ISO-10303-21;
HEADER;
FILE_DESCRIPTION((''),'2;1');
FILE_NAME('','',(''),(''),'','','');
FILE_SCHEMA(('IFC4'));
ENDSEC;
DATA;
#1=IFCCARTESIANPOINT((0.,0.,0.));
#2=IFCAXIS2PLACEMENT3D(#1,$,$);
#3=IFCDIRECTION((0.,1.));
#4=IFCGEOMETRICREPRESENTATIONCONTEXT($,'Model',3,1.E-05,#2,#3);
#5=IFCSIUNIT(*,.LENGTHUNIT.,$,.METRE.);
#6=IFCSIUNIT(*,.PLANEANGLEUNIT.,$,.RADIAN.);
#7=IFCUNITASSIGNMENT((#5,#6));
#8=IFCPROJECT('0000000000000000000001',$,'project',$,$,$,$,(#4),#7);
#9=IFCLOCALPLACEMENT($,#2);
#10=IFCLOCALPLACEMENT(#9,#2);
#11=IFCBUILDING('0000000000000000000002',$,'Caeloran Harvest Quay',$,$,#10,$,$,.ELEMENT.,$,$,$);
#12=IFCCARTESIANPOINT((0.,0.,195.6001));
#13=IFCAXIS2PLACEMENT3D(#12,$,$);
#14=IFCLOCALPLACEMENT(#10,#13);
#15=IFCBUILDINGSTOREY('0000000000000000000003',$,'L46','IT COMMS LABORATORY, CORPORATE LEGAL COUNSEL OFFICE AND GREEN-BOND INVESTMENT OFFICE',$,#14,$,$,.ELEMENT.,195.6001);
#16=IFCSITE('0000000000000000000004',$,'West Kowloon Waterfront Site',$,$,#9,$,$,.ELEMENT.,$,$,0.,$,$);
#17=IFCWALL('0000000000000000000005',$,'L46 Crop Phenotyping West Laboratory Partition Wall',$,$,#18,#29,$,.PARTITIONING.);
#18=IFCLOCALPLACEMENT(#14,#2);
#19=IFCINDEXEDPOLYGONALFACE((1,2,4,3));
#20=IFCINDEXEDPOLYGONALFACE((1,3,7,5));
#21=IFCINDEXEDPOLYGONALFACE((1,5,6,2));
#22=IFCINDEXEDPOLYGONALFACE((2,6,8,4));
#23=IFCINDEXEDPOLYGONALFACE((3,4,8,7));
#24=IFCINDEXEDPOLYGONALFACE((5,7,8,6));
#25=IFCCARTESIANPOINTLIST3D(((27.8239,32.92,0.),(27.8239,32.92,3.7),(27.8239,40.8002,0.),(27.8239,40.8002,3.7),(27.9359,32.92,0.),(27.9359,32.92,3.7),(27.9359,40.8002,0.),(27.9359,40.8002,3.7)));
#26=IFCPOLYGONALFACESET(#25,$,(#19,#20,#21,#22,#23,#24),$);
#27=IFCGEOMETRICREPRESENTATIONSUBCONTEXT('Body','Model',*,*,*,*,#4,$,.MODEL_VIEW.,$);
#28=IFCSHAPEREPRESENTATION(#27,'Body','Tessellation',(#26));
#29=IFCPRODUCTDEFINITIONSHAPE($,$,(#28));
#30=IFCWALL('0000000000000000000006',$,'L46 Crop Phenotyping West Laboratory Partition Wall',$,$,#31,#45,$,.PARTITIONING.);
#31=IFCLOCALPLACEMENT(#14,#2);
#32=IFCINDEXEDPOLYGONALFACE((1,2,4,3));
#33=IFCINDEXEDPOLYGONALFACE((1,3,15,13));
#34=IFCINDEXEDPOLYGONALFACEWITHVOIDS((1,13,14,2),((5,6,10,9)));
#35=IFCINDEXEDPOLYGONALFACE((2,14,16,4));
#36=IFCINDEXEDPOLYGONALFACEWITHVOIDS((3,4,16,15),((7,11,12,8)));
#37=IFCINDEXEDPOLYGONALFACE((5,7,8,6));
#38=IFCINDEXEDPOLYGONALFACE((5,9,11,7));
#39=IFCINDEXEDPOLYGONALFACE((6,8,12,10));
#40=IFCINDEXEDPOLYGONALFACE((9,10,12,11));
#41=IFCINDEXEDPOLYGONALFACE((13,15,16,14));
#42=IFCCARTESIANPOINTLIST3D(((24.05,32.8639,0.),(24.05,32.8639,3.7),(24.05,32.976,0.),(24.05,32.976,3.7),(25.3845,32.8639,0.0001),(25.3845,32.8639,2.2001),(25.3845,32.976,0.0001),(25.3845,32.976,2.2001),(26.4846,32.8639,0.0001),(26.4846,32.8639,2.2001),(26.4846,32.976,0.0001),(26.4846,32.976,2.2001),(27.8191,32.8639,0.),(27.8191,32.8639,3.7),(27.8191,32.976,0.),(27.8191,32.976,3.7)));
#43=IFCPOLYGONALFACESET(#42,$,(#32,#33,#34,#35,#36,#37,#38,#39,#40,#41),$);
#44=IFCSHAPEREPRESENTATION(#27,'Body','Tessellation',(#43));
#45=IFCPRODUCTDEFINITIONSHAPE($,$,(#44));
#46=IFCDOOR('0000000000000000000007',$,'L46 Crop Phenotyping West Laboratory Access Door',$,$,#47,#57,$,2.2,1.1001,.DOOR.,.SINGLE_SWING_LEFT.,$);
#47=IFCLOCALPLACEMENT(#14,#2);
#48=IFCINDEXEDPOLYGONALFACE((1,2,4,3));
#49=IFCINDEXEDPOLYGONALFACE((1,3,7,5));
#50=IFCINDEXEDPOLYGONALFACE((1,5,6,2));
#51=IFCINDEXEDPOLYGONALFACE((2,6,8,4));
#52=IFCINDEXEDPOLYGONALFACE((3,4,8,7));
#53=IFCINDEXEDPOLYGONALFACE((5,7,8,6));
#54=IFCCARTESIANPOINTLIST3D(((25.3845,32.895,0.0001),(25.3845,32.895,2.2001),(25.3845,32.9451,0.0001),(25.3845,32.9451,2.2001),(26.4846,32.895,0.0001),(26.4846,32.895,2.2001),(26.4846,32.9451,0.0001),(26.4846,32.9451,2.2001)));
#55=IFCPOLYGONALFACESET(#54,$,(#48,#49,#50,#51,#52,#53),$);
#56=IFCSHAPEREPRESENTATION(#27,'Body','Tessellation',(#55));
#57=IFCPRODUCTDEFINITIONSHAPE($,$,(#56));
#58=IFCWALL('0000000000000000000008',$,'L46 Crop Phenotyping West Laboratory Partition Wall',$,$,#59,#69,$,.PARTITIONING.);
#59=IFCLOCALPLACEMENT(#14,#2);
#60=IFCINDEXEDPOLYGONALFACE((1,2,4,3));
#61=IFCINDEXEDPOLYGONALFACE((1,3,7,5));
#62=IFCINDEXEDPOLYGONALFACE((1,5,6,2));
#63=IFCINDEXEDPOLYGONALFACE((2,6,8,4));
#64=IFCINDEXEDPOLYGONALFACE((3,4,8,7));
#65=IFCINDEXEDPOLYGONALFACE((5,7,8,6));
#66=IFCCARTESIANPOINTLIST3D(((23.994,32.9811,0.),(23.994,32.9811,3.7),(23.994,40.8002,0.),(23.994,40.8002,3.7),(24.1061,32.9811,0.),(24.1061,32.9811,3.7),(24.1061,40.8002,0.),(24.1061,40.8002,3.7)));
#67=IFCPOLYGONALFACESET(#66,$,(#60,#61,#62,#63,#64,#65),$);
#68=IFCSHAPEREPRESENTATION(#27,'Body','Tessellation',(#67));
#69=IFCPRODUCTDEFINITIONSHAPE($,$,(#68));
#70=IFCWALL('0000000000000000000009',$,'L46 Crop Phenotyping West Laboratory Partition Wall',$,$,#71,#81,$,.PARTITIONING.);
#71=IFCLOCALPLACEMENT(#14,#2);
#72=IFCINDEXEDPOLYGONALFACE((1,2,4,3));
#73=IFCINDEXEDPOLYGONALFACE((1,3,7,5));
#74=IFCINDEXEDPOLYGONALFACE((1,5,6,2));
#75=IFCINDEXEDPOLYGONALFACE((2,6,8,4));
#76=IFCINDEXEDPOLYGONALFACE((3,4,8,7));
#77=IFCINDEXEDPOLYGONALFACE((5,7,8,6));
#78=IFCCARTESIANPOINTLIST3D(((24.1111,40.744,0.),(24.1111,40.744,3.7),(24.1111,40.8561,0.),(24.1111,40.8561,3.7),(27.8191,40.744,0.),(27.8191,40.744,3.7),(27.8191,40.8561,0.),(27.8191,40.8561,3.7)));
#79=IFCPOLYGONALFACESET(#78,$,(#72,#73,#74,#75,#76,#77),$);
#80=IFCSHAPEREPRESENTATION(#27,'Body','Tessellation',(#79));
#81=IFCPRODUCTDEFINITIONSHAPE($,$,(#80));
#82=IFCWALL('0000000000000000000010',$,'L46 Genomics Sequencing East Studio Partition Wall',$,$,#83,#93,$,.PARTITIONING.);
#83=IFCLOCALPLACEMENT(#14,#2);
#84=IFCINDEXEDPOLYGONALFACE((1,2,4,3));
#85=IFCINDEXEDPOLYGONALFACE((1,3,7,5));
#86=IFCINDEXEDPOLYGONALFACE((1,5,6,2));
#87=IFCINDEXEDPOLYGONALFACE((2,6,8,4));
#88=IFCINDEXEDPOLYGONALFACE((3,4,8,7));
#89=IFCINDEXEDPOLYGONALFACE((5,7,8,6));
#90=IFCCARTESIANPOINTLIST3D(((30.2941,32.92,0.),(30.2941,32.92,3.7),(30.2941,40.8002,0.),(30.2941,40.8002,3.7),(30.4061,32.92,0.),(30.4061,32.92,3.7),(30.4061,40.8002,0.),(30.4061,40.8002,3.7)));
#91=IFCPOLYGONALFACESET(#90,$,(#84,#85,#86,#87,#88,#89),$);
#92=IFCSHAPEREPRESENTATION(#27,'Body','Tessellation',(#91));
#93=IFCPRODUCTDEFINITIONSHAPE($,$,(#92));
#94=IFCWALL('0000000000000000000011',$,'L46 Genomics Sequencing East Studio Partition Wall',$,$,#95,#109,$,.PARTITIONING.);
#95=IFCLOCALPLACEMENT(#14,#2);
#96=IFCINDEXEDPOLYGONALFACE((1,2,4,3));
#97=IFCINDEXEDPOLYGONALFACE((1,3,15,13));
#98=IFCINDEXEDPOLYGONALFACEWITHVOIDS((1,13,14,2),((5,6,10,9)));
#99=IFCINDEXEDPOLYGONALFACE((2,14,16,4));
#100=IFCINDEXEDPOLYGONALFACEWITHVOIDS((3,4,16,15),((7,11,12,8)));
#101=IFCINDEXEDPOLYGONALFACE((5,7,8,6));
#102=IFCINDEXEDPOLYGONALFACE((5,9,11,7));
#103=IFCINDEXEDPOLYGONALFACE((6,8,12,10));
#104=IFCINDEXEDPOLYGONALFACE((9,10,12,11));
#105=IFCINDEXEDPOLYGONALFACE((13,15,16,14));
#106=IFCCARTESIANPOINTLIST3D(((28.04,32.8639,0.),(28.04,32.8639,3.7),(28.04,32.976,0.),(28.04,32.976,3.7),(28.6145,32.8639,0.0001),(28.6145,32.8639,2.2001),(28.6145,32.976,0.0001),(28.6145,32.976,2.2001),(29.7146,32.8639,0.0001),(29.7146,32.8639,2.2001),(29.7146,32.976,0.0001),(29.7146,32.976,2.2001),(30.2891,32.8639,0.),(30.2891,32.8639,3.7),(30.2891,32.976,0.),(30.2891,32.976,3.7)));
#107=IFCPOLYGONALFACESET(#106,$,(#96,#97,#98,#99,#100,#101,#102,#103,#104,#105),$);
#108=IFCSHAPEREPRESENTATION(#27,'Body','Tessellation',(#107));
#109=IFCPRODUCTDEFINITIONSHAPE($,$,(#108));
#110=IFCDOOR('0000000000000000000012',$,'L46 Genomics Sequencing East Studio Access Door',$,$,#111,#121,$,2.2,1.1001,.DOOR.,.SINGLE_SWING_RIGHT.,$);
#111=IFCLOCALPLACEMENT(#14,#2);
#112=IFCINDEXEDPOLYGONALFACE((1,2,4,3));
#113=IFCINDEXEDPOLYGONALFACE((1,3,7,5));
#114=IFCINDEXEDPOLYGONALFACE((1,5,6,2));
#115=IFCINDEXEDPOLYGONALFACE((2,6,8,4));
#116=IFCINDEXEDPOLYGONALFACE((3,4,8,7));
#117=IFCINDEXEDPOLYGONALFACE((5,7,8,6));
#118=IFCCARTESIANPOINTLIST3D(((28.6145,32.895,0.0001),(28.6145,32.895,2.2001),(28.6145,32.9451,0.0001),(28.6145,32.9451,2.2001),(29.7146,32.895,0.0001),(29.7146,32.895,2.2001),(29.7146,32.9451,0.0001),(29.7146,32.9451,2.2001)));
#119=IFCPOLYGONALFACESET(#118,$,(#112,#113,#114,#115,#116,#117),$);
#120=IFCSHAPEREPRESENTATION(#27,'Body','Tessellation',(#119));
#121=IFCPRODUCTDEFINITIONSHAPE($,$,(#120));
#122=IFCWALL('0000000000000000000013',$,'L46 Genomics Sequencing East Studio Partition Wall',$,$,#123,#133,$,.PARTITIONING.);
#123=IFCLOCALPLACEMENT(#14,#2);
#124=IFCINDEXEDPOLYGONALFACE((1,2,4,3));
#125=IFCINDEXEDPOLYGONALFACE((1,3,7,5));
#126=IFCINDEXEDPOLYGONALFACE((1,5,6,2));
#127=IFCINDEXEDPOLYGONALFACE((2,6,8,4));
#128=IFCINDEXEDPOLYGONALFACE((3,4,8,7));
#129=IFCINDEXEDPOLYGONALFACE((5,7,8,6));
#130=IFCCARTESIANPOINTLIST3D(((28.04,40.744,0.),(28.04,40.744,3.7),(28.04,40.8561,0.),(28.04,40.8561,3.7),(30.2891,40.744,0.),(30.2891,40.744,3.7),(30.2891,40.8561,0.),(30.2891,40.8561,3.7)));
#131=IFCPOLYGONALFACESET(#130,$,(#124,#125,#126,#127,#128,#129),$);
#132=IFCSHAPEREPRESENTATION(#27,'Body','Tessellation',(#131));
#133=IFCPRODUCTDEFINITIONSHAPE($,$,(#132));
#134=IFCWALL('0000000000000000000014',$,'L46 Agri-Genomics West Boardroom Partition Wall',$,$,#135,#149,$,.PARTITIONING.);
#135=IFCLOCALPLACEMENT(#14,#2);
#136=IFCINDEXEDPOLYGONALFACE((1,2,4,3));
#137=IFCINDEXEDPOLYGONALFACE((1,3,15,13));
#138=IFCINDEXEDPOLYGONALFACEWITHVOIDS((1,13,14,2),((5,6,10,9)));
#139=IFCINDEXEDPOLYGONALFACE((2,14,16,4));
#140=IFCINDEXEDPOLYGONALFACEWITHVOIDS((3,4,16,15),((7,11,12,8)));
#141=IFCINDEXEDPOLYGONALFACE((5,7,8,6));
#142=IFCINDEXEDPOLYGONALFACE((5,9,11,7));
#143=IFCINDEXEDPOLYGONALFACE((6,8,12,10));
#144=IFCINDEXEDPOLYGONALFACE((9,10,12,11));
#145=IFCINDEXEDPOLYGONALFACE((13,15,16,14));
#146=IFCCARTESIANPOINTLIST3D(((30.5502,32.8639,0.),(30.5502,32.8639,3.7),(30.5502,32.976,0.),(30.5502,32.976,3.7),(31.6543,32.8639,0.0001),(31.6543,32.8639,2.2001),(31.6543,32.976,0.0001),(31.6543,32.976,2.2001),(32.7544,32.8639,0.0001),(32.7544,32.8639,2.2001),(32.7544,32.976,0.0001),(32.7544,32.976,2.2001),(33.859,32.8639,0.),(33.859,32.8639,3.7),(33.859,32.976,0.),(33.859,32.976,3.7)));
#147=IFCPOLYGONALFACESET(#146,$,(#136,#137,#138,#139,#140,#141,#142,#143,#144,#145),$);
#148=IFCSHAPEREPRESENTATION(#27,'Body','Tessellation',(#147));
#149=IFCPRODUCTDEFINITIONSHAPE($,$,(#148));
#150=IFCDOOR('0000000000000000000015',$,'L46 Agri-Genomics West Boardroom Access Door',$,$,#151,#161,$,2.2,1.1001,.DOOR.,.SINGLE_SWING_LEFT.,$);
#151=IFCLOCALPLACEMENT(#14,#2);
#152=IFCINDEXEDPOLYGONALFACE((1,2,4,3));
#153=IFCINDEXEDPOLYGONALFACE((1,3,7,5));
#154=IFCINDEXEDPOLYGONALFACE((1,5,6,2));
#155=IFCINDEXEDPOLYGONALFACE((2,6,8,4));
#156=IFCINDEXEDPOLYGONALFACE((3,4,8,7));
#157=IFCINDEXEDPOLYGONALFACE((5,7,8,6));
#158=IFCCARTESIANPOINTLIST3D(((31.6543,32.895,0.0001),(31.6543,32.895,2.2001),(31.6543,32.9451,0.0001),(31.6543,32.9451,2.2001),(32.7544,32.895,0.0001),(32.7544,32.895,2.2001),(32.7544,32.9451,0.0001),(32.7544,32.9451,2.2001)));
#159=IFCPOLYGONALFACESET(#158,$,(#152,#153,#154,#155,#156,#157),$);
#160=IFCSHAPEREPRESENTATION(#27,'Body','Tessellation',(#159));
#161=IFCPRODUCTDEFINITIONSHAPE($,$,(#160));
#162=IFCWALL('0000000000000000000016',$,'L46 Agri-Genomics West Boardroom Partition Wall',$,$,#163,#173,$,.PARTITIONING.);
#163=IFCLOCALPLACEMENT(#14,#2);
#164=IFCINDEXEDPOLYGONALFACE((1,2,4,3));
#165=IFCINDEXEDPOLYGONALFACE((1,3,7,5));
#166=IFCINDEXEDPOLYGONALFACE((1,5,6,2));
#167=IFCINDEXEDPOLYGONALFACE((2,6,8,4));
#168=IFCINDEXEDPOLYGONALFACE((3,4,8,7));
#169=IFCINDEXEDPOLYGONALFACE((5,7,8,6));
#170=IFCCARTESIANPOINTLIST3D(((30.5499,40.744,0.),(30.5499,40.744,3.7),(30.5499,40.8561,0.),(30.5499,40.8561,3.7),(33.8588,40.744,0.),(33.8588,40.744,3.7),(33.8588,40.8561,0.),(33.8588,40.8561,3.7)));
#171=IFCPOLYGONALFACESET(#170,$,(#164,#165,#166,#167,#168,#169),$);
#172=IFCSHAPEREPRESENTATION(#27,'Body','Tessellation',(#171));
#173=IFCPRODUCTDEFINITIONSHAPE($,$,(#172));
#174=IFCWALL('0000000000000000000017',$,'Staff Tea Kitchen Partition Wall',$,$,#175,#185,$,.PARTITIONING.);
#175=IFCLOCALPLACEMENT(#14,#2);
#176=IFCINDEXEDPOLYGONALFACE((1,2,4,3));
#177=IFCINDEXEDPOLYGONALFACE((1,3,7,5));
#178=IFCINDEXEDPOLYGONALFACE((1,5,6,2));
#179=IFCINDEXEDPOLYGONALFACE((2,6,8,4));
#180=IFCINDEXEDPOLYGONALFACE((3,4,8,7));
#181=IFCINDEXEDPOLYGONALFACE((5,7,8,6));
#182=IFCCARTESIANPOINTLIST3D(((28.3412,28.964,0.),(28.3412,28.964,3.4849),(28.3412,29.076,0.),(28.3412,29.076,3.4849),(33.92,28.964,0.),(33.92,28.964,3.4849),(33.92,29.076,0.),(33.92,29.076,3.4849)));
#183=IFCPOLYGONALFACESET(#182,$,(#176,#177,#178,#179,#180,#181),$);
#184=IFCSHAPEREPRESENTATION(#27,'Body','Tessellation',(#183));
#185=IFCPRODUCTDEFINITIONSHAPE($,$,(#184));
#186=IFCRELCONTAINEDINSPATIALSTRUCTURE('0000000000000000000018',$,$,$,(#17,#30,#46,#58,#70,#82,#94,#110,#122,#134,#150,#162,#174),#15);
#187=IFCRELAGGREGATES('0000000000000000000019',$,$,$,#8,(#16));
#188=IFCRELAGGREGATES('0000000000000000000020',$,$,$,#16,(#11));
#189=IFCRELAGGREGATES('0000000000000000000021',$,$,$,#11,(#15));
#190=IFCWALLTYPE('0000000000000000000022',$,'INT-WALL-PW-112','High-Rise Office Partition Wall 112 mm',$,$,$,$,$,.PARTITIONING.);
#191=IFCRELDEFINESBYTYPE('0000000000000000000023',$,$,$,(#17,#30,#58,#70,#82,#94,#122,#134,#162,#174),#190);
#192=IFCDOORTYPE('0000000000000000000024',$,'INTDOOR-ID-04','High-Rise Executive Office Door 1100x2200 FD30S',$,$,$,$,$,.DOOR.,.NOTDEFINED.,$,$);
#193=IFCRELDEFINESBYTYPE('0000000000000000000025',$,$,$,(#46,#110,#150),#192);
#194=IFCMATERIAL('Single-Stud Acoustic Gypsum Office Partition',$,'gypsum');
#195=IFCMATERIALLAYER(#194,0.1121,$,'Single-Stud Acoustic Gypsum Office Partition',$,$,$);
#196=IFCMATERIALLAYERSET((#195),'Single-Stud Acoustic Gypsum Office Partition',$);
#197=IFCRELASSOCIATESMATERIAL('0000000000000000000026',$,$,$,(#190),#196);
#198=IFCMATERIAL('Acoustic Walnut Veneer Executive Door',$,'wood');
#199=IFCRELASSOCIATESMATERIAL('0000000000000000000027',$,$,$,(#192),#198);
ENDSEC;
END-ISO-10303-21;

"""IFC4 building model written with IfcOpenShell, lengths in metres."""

from ifc_helpers import new_model, si_unit, direction, frame, frame_2d, origin, place, context, subcontext, project, spatial, rectangle, extrude, material, layer, layer_set, type_object, element, fill, save


model = new_model("IFC4")

# Units and contexts
model_context = context("Model", 3, precision=1e-05, world=origin(), true_north=direction((0.0, 1.0)))
body_context = subcontext(model_context, "Body", "Model", "MODEL_VIEW")
ifc_project = project(units=[si_unit("LENGTHUNIT", "METRE"), si_unit("PLANEANGLEUNIT", "RADIAN")], contexts=[model_context])

# Site, building, storey
site_placement = place(None, origin())
site = spatial("IfcSite", under=ifc_project, at=site_placement, Name="West Kowloon Waterfront Site", CompositionType="ELEMENT", RefElevation=0.0)
building_placement = place(site_placement, origin())
building = spatial("IfcBuilding", under=site, at=building_placement, Name="Caeloran Harvest Quay", CompositionType="ELEMENT")
storey_placement = place(building_placement, frame((0.0, 0.0, 195.6001)))
storey = spatial("IfcBuildingStorey", under=building, at=storey_placement, Name="L46", Description="IT COMMS LABORATORY, CORPORATE LEGAL COUNSEL OFFICE AND GREEN-BOND INVESTMENT OFFICE", CompositionType="ELEMENT", Elevation=195.6001)

# Wall
ifc_material_1 = material(Name="Single-Stud Acoustic Gypsum Office Partition", Category="gypsum")
ifc_layer = layer(ifc_material_1, 0.1121, Name="Single-Stud Acoustic Gypsum Office Partition")
ifc_layer_set = layer_set([ifc_layer], Name="Single-Stud Acoustic Gypsum Office Partition")
wall_type = type_object("IfcWallType", Name="INT-WALL-PW-112", Description="High-Rise Office Partition Wall 112 mm", PredefinedType="PARTITIONING", material=ifc_layer_set)
wall_1_placement = place(storey_placement, frame((27.8799, 40.8, 0.0), z_axis=(0.0, 0.0, 1.0), x_axis=(0.0, -1.0, 0.0)))
element("IfcWall", 1, at=wall_1_placement, inside=storey, type_object=wall_type, Name="L46 Crop Phenotyping West Laboratory Partition Wall", PredefinedType="PARTITIONING", context=body_context, shape_type="SweptSolid", body=[
    extrude(rectangle(XDim=7.8801, YDim=0.1121, at=frame_2d((3.9399, 0.0))), origin(), (0.0, 0.0, 1.0), 3.7),
])

# Wall, opening, door
wall_2_placement = place(storey_placement, frame((27.8191, 32.9199, 0.0), z_axis=(0.0, 0.0, 1.0), x_axis=(-1.0, 0.0, 0.0)))
wall_2 = element("IfcWall", 2, at=wall_2_placement, inside=storey, type_object=wall_type, Name="L46 Crop Phenotyping West Laboratory Partition Wall", PredefinedType="PARTITIONING", context=body_context, shape_type="SweptSolid", body=[
    extrude(rectangle(XDim=3.769, YDim=0.1121, at=frame_2d((1.8845, 0.0))), origin(), (0.0, 0.0, 1.0), 3.7),
])
opening_1_placement = place(wall_2_placement, frame((1.3345, 0.0, 0.0)))
opening_1 = element("IfcOpeningElement", 3, at=opening_1_placement, cuts=wall_2, PredefinedType="OPENING", context=body_context, shape_type="SweptSolid", body=[
    extrude(rectangle(XDim=1.1001, YDim=2.2, at=frame_2d((0.55, 1.1001))), frame((0.0, 0.0659, 0.0), z_axis=(0.0, -1.0, 0.0), x_axis=(1.0, 0.0, 0.0)), (0.0, 0.0, 1.0), 0.1321),
])
ifc_material_2 = material(Name="Acoustic Walnut Veneer Executive Door", Category="wood")
door_type = type_object("IfcDoorType", Name="INTDOOR-ID-04", Description="High-Rise Executive Office Door 1100x2200 FD30S", OperationType="NOTDEFINED", PredefinedType="DOOR", material=ifc_material_2)
door_1_placement = place(opening_1_placement, origin())
door_1 = element("IfcDoor", 4, at=door_1_placement, inside=storey, type_object=door_type, Name="L46 Crop Phenotyping West Laboratory Access Door", OperationType="SINGLE_SWING_LEFT", OverallHeight=2.2, OverallWidth=1.1001, PredefinedType="DOOR", context=body_context, shape_type="SweptSolid", body=[
    extrude(rectangle(XDim=1.1001, YDim=2.2, at=frame_2d((0.55, 1.1001))), frame((0.0, 0.0249, 0.0), z_axis=(0.0, -1.0, 0.0), x_axis=(1.0, 0.0, 0.0)), (0.0, 0.0, 1.0), 0.05),
])
fill(opening_1, door_1)

# Walls
wall_3_placement = place(storey_placement, frame((24.05, 32.981, 0.0), z_axis=(0.0, 0.0, 1.0), x_axis=(0.0, 1.0, 0.0)))
element("IfcWall", 5, at=wall_3_placement, inside=storey, type_object=wall_type, Name="L46 Crop Phenotyping West Laboratory Partition Wall", PredefinedType="PARTITIONING", context=body_context, shape_type="SweptSolid", body=[
    extrude(rectangle(XDim=7.8191, YDim=0.1121, at=frame_2d((3.9097, 0.0))), origin(), (0.0, 0.0, 1.0), 3.7),
])
wall_4_placement = place(storey_placement, frame((24.1111, 40.8, 0.0), z_axis=(0.0, 0.0, 1.0), x_axis=(1.0, 0.0, 0.0)))
element("IfcWall", 6, at=wall_4_placement, inside=storey, type_object=wall_type, Name="L46 Crop Phenotyping West Laboratory Partition Wall", PredefinedType="PARTITIONING", context=body_context, shape_type="SweptSolid", body=[
    extrude(rectangle(XDim=3.708, YDim=0.1121, at=frame_2d((1.854, 0.0))), origin(), (0.0, 0.0, 1.0), 3.7),
])
wall_5_placement = place(storey_placement, frame((30.3501, 40.8, 0.0), z_axis=(0.0, 0.0, 1.0), x_axis=(0.0, -1.0, 0.0)))
element("IfcWall", 7, at=wall_5_placement, inside=storey, type_object=wall_type, Name="L46 Genomics Sequencing East Studio Partition Wall", PredefinedType="PARTITIONING", context=body_context, shape_type="SweptSolid", body=[
    extrude(rectangle(XDim=7.8801, YDim=0.1121, at=frame_2d((3.9399, 0.0))), origin(), (0.0, 0.0, 1.0), 3.7),
])

# Wall, opening, door
wall_6_placement = place(storey_placement, frame((30.2891, 32.9199, 0.0), z_axis=(0.0, 0.0, 1.0), x_axis=(-1.0, 0.0, 0.0)))
wall_6 = element("IfcWall", 8, at=wall_6_placement, inside=storey, type_object=wall_type, Name="L46 Genomics Sequencing East Studio Partition Wall", PredefinedType="PARTITIONING", context=body_context, shape_type="SweptSolid", body=[
    extrude(rectangle(XDim=2.249, YDim=0.1121, at=frame_2d((1.1245, 0.0))), origin(), (0.0, 0.0, 1.0), 3.7),
])
opening_2_placement = place(wall_6_placement, frame((0.5745, 0.0, 0.0)))
opening_2 = element("IfcOpeningElement", 9, at=opening_2_placement, cuts=wall_6, PredefinedType="OPENING", context=body_context, shape_type="SweptSolid", body=[
    extrude(rectangle(XDim=1.1001, YDim=2.2, at=frame_2d((0.55, 1.1001))), frame((0.0, 0.0659, 0.0), z_axis=(0.0, -1.0, 0.0), x_axis=(1.0, 0.0, 0.0)), (0.0, 0.0, 1.0), 0.1321),
])
door_2_placement = place(opening_2_placement, origin())
door_2 = element("IfcDoor", 10, at=door_2_placement, inside=storey, type_object=door_type, Name="L46 Genomics Sequencing East Studio Access Door", OperationType="SINGLE_SWING_RIGHT", OverallHeight=2.2, OverallWidth=1.1001, PredefinedType="DOOR", context=body_context, shape_type="SweptSolid", body=[
    extrude(rectangle(XDim=1.1001, YDim=2.2, at=frame_2d((0.55, 1.1001))), frame((0.0, 0.0249, 0.0), z_axis=(0.0, -1.0, 0.0), x_axis=(1.0, 0.0, 0.0)), (0.0, 0.0, 1.0), 0.05),
])
fill(opening_2, door_2)

# Wall
wall_7_placement = place(storey_placement, frame((28.04, 40.8, 0.0), z_axis=(0.0, 0.0, 1.0), x_axis=(1.0, 0.0, 0.0)))
element("IfcWall", 11, at=wall_7_placement, inside=storey, type_object=wall_type, Name="L46 Genomics Sequencing East Studio Partition Wall", PredefinedType="PARTITIONING", context=body_context, shape_type="SweptSolid", body=[
    extrude(rectangle(XDim=2.249, YDim=0.1121, at=frame_2d((1.1245, 0.0))), origin(), (0.0, 0.0, 1.0), 3.7),
])

# Wall, opening, door
wall_8_placement = place(storey_placement, frame((33.8589, 32.9199, 0.0), z_axis=(0.0, 0.0, 1.0), x_axis=(-1.0, 0.0, 0.0)))
wall_8 = element("IfcWall", 12, at=wall_8_placement, inside=storey, type_object=wall_type, Name="L46 Agri-Genomics West Boardroom Partition Wall", PredefinedType="PARTITIONING", context=body_context, shape_type="SweptSolid", body=[
    extrude(rectangle(XDim=3.3088, YDim=0.1121, at=frame_2d((1.6543, 0.0))), origin(), (0.0, 0.0, 1.0), 3.7),
])
opening_3_placement = place(wall_8_placement, frame((1.1045, 0.0, 0.0)))
opening_3 = element("IfcOpeningElement", 13, at=opening_3_placement, cuts=wall_8, PredefinedType="OPENING", context=body_context, shape_type="SweptSolid", body=[
    extrude(rectangle(XDim=1.1001, YDim=2.2, at=frame_2d((0.55, 1.1001))), frame((0.0, 0.0659, 0.0), z_axis=(0.0, -1.0, 0.0), x_axis=(1.0, 0.0, 0.0)), (0.0, 0.0, 1.0), 0.1321),
])
door_3_placement = place(opening_3_placement, origin())
door_3 = element("IfcDoor", 14, at=door_3_placement, inside=storey, type_object=door_type, Name="L46 Agri-Genomics West Boardroom Access Door", OperationType="SINGLE_SWING_LEFT", OverallHeight=2.2, OverallWidth=1.1001, PredefinedType="DOOR", context=body_context, shape_type="SweptSolid", body=[
    extrude(rectangle(XDim=1.1001, YDim=2.2, at=frame_2d((0.55, 1.1001))), frame((0.0, 0.0249, 0.0), z_axis=(0.0, -1.0, 0.0), x_axis=(1.0, 0.0, 0.0)), (0.0, 0.0, 1.0), 0.05),
])
fill(opening_3, door_3)

# Walls
wall_9_placement = place(storey_placement, frame((30.55, 40.8, 0.0), z_axis=(0.0, 0.0, 1.0), x_axis=(1.0, 0.0, 0.0)))
element("IfcWall", 15, at=wall_9_placement, inside=storey, type_object=wall_type, Name="L46 Agri-Genomics West Boardroom Partition Wall", PredefinedType="PARTITIONING", context=body_context, shape_type="SweptSolid", body=[
    extrude(rectangle(XDim=3.3088, YDim=0.1121, at=frame_2d((1.6543, 0.0))), origin(), (0.0, 0.0, 1.0), 3.7),
])
wall_10_placement = place(storey_placement, frame((28.3411, 29.02, 0.0), z_axis=(0.0, 0.0, 1.0), x_axis=(1.0, 0.0, 0.0)))
element("IfcWall", 16, at=wall_10_placement, inside=storey, type_object=wall_type, Name="Staff Tea Kitchen Partition Wall", PredefinedType="PARTITIONING", context=body_context, shape_type="SweptSolid", body=[
    extrude(rectangle(XDim=5.5789, YDim=0.1121, at=frame_2d((2.7896, 0.0))), origin(), (0.0, 0.0, 1.0), 3.4849),
])

save(model, "model.ifc")
